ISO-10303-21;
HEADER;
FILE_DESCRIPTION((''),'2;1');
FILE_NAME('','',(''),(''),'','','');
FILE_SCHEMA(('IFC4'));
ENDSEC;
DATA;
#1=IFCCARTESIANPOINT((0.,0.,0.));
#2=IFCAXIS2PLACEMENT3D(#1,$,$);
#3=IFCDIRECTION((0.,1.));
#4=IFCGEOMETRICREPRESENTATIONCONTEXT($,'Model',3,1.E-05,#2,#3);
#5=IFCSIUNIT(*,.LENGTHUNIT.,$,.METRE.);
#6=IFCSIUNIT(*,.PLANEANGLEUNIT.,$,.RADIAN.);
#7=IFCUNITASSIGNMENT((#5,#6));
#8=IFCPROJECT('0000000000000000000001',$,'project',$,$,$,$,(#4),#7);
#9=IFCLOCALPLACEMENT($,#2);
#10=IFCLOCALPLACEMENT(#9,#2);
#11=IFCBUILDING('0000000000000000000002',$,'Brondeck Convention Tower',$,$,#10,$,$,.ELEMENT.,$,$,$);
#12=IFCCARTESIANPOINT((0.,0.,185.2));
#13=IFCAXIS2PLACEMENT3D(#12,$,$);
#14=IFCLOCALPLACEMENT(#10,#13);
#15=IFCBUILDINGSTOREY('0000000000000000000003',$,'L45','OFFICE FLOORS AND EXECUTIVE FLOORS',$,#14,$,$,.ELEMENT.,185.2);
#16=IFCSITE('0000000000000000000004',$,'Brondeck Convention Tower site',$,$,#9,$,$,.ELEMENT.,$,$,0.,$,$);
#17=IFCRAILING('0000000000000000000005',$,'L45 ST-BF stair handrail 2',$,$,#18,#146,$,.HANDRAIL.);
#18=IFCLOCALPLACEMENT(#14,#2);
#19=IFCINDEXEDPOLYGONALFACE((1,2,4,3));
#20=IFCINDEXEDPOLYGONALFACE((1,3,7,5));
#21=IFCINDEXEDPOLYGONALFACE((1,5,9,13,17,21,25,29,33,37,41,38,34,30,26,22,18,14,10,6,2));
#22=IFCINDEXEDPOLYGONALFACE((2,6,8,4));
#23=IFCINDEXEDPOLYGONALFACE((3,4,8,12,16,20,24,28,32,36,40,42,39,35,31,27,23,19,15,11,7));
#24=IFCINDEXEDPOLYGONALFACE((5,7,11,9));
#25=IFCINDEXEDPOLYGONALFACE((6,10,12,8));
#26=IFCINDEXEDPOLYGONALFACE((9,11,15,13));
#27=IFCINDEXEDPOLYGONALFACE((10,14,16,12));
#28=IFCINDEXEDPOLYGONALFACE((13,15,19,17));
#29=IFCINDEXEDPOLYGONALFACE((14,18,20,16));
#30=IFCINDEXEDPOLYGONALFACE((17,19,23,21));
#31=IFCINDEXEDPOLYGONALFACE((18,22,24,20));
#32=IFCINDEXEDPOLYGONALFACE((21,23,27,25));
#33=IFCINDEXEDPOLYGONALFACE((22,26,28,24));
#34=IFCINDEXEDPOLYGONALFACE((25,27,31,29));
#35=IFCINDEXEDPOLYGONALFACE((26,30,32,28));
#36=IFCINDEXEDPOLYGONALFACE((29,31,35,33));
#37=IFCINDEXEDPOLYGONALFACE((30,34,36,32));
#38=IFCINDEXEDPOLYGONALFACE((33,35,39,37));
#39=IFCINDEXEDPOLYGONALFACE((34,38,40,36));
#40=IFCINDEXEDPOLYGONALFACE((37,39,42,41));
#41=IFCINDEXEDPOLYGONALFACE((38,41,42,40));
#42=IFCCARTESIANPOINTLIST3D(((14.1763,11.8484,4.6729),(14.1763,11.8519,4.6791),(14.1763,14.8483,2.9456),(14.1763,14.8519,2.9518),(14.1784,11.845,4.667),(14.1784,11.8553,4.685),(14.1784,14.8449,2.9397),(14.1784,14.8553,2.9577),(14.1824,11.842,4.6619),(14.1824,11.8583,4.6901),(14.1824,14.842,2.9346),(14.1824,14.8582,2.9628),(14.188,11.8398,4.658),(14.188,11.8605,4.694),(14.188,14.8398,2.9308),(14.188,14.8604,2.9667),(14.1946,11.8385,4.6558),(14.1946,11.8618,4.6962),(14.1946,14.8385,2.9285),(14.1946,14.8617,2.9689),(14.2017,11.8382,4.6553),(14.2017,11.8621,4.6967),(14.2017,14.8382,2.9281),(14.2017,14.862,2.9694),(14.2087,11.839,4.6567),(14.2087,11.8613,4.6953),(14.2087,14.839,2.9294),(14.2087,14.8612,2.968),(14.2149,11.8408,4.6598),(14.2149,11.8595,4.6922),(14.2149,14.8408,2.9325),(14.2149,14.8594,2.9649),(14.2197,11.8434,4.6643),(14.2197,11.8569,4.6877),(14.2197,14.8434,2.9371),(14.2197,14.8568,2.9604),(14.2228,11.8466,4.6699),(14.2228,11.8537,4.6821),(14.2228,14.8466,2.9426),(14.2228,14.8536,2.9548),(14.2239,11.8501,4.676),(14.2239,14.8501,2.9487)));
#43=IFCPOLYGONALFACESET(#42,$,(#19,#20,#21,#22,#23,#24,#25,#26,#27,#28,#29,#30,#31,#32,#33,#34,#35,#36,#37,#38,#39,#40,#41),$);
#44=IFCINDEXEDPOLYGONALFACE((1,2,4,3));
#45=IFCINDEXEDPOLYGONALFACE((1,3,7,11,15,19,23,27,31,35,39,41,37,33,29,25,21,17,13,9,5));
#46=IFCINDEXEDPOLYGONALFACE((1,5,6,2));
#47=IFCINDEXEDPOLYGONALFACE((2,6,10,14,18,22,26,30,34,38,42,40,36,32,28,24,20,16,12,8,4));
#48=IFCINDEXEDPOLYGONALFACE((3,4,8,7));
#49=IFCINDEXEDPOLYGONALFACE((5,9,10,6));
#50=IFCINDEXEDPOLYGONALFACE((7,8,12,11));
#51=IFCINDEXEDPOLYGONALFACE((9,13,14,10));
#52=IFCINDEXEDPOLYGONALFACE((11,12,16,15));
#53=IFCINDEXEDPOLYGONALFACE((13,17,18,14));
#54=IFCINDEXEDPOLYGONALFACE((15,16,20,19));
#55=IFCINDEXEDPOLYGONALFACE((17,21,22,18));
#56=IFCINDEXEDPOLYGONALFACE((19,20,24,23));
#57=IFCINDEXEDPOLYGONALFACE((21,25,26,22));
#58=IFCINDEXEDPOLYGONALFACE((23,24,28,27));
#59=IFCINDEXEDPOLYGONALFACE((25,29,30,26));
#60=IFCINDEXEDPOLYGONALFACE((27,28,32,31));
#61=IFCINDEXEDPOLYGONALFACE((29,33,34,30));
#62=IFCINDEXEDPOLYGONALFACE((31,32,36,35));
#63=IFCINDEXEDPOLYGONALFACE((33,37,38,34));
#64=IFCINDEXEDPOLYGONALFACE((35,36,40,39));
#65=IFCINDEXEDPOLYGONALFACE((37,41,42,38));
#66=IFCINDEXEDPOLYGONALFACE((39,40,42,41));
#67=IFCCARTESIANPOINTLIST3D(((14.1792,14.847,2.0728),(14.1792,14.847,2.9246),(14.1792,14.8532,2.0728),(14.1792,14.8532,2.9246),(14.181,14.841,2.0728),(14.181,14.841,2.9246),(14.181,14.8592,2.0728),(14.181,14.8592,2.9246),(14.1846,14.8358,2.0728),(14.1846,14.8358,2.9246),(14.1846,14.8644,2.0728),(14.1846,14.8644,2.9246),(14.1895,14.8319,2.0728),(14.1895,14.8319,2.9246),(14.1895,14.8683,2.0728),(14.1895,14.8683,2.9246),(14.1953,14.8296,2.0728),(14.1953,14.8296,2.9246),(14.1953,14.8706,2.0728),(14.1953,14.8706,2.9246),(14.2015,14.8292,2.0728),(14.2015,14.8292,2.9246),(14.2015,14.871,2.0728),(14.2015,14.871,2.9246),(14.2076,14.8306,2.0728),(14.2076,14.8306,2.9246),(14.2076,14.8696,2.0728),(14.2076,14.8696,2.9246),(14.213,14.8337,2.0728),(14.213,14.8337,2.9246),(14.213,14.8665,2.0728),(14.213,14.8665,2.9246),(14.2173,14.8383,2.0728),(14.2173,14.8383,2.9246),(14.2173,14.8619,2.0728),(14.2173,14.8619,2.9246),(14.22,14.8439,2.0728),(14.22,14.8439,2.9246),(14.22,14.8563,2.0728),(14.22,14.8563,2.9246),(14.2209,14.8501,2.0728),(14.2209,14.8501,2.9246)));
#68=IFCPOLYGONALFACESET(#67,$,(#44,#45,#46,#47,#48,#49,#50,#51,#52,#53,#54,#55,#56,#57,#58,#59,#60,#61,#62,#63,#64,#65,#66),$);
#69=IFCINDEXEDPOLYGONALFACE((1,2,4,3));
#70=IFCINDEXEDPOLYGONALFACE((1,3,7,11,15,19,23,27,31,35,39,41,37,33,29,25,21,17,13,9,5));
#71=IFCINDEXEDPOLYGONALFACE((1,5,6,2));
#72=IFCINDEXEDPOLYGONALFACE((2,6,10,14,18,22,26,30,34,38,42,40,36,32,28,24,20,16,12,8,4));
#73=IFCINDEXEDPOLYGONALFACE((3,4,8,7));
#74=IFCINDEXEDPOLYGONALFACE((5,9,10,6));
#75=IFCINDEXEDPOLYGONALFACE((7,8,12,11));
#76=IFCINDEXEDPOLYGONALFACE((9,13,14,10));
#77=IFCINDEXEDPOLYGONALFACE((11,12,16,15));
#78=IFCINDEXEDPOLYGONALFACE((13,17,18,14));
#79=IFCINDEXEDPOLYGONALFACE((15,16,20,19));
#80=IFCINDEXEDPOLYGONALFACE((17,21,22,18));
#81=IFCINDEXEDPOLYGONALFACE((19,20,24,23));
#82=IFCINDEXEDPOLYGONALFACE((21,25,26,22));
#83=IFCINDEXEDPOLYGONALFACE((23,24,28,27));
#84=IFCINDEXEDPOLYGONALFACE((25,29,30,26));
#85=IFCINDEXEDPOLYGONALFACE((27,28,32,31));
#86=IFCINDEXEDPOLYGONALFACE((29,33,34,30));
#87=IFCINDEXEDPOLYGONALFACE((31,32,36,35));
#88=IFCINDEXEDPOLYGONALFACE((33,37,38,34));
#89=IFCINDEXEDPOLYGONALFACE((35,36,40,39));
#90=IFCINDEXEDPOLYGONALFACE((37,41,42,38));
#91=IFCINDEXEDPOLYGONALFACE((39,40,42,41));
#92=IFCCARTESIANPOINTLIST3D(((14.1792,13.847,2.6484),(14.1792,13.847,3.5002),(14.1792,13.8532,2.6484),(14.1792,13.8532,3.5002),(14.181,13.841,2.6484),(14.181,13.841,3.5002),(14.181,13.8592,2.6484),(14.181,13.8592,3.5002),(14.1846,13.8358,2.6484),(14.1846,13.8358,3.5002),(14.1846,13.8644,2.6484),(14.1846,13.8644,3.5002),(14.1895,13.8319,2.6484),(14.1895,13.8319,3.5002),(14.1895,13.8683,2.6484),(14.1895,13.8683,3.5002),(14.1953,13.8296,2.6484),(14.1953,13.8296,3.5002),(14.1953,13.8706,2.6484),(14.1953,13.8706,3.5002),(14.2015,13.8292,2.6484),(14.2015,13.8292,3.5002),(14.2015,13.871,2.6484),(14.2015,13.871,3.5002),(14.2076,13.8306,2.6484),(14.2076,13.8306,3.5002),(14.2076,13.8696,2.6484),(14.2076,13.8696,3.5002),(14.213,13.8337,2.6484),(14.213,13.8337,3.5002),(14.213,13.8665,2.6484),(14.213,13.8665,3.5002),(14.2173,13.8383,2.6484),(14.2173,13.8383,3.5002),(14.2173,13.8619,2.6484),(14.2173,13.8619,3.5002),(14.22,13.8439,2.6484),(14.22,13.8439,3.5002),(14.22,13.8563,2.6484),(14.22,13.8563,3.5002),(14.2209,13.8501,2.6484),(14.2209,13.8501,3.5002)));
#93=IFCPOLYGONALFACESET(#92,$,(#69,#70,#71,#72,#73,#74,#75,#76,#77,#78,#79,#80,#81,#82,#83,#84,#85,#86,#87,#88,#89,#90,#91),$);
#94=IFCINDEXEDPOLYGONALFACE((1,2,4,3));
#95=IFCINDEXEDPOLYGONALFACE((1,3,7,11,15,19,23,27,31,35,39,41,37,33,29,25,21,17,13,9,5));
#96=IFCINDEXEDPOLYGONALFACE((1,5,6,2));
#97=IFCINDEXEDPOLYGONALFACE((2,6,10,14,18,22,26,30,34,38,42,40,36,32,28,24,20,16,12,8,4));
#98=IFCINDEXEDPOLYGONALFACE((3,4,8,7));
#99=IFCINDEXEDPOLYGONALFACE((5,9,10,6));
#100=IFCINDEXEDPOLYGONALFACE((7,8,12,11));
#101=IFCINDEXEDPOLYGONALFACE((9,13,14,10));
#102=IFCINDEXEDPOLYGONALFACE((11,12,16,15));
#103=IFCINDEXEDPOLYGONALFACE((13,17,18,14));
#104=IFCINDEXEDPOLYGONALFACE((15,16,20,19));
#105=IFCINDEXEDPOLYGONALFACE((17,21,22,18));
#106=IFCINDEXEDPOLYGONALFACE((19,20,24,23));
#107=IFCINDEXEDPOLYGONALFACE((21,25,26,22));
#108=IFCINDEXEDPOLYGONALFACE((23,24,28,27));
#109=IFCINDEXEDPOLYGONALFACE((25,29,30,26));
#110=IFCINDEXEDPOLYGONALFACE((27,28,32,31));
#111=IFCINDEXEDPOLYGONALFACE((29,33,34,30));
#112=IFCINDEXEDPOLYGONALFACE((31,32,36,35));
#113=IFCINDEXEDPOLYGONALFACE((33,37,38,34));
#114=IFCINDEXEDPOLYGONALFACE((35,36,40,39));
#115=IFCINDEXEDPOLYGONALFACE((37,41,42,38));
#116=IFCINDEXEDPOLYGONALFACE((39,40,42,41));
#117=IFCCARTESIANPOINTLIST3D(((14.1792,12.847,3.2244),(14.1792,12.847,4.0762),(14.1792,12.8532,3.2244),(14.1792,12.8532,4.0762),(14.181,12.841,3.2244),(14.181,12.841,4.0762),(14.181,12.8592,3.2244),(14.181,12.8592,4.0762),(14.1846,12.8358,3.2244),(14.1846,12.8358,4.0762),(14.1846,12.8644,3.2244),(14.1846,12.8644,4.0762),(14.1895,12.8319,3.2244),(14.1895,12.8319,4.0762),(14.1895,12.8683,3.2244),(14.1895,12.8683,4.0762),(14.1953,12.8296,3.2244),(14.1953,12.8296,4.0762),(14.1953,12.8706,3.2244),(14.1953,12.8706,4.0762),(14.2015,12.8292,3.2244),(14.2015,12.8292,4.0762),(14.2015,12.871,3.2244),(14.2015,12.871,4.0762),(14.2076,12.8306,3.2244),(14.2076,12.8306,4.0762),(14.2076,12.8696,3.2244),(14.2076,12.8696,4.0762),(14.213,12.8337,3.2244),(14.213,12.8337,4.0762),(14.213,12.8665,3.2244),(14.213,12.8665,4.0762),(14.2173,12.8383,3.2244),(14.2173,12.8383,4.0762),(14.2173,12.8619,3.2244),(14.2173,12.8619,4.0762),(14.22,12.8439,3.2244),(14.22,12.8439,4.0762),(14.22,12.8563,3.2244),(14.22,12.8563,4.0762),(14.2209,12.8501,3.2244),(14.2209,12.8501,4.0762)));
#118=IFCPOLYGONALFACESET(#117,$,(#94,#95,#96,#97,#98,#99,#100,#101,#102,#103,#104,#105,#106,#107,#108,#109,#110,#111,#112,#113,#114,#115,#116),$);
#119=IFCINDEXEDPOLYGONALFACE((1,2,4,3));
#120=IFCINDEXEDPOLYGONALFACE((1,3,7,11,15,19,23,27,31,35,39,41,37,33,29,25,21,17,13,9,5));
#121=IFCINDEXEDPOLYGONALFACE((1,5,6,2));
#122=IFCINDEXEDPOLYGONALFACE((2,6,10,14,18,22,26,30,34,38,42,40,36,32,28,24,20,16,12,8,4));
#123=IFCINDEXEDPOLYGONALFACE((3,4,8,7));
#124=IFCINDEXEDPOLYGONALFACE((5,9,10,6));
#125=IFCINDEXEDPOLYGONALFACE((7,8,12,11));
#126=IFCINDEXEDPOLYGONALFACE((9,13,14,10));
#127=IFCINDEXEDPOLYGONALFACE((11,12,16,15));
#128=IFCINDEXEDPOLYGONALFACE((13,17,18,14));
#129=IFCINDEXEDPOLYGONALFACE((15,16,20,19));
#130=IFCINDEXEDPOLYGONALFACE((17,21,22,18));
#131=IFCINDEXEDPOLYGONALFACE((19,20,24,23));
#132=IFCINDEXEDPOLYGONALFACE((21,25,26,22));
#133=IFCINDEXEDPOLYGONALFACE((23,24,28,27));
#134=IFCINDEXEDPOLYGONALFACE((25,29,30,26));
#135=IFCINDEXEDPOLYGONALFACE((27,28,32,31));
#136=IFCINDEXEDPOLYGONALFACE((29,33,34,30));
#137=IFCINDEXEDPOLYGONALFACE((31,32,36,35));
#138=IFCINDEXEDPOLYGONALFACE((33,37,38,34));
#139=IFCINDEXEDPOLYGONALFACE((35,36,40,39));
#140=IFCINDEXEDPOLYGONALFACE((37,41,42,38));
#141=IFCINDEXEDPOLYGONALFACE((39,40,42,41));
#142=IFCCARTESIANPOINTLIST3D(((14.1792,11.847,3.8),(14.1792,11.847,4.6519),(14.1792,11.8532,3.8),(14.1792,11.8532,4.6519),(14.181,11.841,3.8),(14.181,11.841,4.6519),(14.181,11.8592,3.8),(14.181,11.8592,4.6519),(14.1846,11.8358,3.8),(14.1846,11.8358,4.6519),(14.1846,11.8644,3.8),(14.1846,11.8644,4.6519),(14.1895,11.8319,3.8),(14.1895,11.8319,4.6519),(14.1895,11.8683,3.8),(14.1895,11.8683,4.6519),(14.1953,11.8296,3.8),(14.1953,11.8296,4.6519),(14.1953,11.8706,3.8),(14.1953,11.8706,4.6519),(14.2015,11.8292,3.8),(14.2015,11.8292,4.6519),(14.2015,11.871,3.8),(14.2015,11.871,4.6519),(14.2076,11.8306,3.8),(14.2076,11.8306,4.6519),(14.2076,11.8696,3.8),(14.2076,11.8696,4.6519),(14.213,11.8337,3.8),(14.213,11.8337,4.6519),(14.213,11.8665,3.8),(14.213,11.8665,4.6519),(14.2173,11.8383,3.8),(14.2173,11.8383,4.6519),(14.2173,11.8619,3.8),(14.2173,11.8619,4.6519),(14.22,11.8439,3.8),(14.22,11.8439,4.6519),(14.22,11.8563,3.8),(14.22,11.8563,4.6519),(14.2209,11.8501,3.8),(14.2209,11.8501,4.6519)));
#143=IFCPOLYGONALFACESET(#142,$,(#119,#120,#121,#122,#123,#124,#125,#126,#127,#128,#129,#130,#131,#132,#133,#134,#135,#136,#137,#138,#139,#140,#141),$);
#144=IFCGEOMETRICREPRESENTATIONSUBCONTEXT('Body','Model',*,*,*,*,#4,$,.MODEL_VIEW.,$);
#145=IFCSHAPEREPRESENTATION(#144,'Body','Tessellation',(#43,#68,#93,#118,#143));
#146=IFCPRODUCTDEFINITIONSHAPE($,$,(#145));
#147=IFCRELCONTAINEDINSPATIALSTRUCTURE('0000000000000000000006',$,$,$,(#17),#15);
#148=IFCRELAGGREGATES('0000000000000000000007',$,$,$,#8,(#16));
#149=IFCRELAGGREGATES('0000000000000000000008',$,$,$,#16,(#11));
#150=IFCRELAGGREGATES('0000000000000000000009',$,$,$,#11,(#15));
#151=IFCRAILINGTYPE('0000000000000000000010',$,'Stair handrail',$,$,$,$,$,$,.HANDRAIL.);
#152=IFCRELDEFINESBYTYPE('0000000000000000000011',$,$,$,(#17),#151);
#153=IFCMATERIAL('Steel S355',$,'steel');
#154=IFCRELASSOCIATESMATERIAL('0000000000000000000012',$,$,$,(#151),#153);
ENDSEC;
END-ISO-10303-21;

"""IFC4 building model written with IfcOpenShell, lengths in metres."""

from ifc_helpers import new_model, si_unit, direction, frame, origin, origin_2d, place, context, subcontext, project, spatial, circle, extrude, material, type_object, element, save


model = new_model("IFC4")

# Units and contexts
model_context = context("Model", 3, precision=1e-05, world=origin(), true_north=direction((0.0, 1.0)))
body_context = subcontext(model_context, "Body", "Model", "MODEL_VIEW")
ifc_project = project(units=[si_unit("LENGTHUNIT", "METRE"), si_unit("PLANEANGLEUNIT", "RADIAN")], contexts=[model_context])

# Site, building, storey
site_placement = place(None, origin())
site = spatial("IfcSite", under=ifc_project, at=site_placement, Name="Brondeck Convention Tower site", CompositionType="ELEMENT", RefElevation=0.0)
building_placement = place(site_placement, origin())
building = spatial("IfcBuilding", under=site, at=building_placement, Name="Brondeck Convention Tower", CompositionType="ELEMENT")
storey_placement = place(building_placement, frame((0.0, 0.0, 185.2)))
storey = spatial("IfcBuildingStorey", under=building, at=storey_placement, Name="L45", Description="OFFICE FLOORS AND EXECUTIVE FLOORS", CompositionType="ELEMENT", Elevation=185.2)

# Shared definitions
ifc_material_1 = material(Name="Steel S355", Category="steel")

# Railing
railing_type_1 = type_object("IfcRailingType", Name="Stair handrail", PredefinedType="HANDRAIL", material=ifc_material_1)
railing_1_placement = place(storey_placement, frame((14.2, 14.8501, 2.0728)))
element("IfcRailing", 1, at=railing_1_placement, inside=storey, type_object=railing_type_1, Name="L45 ST-BF stair handrail 2", PredefinedType="HANDRAIL", context=body_context, shape_type="SweptSolid", body=[
    extrude(circle(Radius=0.0239, at=origin_2d()), frame((0.0, 0.0, 0.876), z_axis=(0.0, -0.86662, 0.498969), x_axis=(1.0, 0.0, 0.0)), (0.0, 0.0, 1.0), 3.4617),
    extrude(circle(Radius=0.021, at=origin_2d()), origin(), (0.0, 0.0, 1.0), 0.8518),
    extrude(circle(Radius=0.021, at=origin_2d()), frame((0.0, -1.0, 0.5757)), (0.0, 0.0, 1.0), 0.8518),
    extrude(circle(Radius=0.021, at=origin_2d()), frame((0.0, -2.0, 1.1516)), (0.0, 0.0, 1.0), 0.8518),
    extrude(circle(Radius=0.021, at=origin_2d()), frame((0.0, -3.0, 1.7273)), (0.0, 0.0, 1.0), 0.8518),
])

save(model, "model.ifc")
